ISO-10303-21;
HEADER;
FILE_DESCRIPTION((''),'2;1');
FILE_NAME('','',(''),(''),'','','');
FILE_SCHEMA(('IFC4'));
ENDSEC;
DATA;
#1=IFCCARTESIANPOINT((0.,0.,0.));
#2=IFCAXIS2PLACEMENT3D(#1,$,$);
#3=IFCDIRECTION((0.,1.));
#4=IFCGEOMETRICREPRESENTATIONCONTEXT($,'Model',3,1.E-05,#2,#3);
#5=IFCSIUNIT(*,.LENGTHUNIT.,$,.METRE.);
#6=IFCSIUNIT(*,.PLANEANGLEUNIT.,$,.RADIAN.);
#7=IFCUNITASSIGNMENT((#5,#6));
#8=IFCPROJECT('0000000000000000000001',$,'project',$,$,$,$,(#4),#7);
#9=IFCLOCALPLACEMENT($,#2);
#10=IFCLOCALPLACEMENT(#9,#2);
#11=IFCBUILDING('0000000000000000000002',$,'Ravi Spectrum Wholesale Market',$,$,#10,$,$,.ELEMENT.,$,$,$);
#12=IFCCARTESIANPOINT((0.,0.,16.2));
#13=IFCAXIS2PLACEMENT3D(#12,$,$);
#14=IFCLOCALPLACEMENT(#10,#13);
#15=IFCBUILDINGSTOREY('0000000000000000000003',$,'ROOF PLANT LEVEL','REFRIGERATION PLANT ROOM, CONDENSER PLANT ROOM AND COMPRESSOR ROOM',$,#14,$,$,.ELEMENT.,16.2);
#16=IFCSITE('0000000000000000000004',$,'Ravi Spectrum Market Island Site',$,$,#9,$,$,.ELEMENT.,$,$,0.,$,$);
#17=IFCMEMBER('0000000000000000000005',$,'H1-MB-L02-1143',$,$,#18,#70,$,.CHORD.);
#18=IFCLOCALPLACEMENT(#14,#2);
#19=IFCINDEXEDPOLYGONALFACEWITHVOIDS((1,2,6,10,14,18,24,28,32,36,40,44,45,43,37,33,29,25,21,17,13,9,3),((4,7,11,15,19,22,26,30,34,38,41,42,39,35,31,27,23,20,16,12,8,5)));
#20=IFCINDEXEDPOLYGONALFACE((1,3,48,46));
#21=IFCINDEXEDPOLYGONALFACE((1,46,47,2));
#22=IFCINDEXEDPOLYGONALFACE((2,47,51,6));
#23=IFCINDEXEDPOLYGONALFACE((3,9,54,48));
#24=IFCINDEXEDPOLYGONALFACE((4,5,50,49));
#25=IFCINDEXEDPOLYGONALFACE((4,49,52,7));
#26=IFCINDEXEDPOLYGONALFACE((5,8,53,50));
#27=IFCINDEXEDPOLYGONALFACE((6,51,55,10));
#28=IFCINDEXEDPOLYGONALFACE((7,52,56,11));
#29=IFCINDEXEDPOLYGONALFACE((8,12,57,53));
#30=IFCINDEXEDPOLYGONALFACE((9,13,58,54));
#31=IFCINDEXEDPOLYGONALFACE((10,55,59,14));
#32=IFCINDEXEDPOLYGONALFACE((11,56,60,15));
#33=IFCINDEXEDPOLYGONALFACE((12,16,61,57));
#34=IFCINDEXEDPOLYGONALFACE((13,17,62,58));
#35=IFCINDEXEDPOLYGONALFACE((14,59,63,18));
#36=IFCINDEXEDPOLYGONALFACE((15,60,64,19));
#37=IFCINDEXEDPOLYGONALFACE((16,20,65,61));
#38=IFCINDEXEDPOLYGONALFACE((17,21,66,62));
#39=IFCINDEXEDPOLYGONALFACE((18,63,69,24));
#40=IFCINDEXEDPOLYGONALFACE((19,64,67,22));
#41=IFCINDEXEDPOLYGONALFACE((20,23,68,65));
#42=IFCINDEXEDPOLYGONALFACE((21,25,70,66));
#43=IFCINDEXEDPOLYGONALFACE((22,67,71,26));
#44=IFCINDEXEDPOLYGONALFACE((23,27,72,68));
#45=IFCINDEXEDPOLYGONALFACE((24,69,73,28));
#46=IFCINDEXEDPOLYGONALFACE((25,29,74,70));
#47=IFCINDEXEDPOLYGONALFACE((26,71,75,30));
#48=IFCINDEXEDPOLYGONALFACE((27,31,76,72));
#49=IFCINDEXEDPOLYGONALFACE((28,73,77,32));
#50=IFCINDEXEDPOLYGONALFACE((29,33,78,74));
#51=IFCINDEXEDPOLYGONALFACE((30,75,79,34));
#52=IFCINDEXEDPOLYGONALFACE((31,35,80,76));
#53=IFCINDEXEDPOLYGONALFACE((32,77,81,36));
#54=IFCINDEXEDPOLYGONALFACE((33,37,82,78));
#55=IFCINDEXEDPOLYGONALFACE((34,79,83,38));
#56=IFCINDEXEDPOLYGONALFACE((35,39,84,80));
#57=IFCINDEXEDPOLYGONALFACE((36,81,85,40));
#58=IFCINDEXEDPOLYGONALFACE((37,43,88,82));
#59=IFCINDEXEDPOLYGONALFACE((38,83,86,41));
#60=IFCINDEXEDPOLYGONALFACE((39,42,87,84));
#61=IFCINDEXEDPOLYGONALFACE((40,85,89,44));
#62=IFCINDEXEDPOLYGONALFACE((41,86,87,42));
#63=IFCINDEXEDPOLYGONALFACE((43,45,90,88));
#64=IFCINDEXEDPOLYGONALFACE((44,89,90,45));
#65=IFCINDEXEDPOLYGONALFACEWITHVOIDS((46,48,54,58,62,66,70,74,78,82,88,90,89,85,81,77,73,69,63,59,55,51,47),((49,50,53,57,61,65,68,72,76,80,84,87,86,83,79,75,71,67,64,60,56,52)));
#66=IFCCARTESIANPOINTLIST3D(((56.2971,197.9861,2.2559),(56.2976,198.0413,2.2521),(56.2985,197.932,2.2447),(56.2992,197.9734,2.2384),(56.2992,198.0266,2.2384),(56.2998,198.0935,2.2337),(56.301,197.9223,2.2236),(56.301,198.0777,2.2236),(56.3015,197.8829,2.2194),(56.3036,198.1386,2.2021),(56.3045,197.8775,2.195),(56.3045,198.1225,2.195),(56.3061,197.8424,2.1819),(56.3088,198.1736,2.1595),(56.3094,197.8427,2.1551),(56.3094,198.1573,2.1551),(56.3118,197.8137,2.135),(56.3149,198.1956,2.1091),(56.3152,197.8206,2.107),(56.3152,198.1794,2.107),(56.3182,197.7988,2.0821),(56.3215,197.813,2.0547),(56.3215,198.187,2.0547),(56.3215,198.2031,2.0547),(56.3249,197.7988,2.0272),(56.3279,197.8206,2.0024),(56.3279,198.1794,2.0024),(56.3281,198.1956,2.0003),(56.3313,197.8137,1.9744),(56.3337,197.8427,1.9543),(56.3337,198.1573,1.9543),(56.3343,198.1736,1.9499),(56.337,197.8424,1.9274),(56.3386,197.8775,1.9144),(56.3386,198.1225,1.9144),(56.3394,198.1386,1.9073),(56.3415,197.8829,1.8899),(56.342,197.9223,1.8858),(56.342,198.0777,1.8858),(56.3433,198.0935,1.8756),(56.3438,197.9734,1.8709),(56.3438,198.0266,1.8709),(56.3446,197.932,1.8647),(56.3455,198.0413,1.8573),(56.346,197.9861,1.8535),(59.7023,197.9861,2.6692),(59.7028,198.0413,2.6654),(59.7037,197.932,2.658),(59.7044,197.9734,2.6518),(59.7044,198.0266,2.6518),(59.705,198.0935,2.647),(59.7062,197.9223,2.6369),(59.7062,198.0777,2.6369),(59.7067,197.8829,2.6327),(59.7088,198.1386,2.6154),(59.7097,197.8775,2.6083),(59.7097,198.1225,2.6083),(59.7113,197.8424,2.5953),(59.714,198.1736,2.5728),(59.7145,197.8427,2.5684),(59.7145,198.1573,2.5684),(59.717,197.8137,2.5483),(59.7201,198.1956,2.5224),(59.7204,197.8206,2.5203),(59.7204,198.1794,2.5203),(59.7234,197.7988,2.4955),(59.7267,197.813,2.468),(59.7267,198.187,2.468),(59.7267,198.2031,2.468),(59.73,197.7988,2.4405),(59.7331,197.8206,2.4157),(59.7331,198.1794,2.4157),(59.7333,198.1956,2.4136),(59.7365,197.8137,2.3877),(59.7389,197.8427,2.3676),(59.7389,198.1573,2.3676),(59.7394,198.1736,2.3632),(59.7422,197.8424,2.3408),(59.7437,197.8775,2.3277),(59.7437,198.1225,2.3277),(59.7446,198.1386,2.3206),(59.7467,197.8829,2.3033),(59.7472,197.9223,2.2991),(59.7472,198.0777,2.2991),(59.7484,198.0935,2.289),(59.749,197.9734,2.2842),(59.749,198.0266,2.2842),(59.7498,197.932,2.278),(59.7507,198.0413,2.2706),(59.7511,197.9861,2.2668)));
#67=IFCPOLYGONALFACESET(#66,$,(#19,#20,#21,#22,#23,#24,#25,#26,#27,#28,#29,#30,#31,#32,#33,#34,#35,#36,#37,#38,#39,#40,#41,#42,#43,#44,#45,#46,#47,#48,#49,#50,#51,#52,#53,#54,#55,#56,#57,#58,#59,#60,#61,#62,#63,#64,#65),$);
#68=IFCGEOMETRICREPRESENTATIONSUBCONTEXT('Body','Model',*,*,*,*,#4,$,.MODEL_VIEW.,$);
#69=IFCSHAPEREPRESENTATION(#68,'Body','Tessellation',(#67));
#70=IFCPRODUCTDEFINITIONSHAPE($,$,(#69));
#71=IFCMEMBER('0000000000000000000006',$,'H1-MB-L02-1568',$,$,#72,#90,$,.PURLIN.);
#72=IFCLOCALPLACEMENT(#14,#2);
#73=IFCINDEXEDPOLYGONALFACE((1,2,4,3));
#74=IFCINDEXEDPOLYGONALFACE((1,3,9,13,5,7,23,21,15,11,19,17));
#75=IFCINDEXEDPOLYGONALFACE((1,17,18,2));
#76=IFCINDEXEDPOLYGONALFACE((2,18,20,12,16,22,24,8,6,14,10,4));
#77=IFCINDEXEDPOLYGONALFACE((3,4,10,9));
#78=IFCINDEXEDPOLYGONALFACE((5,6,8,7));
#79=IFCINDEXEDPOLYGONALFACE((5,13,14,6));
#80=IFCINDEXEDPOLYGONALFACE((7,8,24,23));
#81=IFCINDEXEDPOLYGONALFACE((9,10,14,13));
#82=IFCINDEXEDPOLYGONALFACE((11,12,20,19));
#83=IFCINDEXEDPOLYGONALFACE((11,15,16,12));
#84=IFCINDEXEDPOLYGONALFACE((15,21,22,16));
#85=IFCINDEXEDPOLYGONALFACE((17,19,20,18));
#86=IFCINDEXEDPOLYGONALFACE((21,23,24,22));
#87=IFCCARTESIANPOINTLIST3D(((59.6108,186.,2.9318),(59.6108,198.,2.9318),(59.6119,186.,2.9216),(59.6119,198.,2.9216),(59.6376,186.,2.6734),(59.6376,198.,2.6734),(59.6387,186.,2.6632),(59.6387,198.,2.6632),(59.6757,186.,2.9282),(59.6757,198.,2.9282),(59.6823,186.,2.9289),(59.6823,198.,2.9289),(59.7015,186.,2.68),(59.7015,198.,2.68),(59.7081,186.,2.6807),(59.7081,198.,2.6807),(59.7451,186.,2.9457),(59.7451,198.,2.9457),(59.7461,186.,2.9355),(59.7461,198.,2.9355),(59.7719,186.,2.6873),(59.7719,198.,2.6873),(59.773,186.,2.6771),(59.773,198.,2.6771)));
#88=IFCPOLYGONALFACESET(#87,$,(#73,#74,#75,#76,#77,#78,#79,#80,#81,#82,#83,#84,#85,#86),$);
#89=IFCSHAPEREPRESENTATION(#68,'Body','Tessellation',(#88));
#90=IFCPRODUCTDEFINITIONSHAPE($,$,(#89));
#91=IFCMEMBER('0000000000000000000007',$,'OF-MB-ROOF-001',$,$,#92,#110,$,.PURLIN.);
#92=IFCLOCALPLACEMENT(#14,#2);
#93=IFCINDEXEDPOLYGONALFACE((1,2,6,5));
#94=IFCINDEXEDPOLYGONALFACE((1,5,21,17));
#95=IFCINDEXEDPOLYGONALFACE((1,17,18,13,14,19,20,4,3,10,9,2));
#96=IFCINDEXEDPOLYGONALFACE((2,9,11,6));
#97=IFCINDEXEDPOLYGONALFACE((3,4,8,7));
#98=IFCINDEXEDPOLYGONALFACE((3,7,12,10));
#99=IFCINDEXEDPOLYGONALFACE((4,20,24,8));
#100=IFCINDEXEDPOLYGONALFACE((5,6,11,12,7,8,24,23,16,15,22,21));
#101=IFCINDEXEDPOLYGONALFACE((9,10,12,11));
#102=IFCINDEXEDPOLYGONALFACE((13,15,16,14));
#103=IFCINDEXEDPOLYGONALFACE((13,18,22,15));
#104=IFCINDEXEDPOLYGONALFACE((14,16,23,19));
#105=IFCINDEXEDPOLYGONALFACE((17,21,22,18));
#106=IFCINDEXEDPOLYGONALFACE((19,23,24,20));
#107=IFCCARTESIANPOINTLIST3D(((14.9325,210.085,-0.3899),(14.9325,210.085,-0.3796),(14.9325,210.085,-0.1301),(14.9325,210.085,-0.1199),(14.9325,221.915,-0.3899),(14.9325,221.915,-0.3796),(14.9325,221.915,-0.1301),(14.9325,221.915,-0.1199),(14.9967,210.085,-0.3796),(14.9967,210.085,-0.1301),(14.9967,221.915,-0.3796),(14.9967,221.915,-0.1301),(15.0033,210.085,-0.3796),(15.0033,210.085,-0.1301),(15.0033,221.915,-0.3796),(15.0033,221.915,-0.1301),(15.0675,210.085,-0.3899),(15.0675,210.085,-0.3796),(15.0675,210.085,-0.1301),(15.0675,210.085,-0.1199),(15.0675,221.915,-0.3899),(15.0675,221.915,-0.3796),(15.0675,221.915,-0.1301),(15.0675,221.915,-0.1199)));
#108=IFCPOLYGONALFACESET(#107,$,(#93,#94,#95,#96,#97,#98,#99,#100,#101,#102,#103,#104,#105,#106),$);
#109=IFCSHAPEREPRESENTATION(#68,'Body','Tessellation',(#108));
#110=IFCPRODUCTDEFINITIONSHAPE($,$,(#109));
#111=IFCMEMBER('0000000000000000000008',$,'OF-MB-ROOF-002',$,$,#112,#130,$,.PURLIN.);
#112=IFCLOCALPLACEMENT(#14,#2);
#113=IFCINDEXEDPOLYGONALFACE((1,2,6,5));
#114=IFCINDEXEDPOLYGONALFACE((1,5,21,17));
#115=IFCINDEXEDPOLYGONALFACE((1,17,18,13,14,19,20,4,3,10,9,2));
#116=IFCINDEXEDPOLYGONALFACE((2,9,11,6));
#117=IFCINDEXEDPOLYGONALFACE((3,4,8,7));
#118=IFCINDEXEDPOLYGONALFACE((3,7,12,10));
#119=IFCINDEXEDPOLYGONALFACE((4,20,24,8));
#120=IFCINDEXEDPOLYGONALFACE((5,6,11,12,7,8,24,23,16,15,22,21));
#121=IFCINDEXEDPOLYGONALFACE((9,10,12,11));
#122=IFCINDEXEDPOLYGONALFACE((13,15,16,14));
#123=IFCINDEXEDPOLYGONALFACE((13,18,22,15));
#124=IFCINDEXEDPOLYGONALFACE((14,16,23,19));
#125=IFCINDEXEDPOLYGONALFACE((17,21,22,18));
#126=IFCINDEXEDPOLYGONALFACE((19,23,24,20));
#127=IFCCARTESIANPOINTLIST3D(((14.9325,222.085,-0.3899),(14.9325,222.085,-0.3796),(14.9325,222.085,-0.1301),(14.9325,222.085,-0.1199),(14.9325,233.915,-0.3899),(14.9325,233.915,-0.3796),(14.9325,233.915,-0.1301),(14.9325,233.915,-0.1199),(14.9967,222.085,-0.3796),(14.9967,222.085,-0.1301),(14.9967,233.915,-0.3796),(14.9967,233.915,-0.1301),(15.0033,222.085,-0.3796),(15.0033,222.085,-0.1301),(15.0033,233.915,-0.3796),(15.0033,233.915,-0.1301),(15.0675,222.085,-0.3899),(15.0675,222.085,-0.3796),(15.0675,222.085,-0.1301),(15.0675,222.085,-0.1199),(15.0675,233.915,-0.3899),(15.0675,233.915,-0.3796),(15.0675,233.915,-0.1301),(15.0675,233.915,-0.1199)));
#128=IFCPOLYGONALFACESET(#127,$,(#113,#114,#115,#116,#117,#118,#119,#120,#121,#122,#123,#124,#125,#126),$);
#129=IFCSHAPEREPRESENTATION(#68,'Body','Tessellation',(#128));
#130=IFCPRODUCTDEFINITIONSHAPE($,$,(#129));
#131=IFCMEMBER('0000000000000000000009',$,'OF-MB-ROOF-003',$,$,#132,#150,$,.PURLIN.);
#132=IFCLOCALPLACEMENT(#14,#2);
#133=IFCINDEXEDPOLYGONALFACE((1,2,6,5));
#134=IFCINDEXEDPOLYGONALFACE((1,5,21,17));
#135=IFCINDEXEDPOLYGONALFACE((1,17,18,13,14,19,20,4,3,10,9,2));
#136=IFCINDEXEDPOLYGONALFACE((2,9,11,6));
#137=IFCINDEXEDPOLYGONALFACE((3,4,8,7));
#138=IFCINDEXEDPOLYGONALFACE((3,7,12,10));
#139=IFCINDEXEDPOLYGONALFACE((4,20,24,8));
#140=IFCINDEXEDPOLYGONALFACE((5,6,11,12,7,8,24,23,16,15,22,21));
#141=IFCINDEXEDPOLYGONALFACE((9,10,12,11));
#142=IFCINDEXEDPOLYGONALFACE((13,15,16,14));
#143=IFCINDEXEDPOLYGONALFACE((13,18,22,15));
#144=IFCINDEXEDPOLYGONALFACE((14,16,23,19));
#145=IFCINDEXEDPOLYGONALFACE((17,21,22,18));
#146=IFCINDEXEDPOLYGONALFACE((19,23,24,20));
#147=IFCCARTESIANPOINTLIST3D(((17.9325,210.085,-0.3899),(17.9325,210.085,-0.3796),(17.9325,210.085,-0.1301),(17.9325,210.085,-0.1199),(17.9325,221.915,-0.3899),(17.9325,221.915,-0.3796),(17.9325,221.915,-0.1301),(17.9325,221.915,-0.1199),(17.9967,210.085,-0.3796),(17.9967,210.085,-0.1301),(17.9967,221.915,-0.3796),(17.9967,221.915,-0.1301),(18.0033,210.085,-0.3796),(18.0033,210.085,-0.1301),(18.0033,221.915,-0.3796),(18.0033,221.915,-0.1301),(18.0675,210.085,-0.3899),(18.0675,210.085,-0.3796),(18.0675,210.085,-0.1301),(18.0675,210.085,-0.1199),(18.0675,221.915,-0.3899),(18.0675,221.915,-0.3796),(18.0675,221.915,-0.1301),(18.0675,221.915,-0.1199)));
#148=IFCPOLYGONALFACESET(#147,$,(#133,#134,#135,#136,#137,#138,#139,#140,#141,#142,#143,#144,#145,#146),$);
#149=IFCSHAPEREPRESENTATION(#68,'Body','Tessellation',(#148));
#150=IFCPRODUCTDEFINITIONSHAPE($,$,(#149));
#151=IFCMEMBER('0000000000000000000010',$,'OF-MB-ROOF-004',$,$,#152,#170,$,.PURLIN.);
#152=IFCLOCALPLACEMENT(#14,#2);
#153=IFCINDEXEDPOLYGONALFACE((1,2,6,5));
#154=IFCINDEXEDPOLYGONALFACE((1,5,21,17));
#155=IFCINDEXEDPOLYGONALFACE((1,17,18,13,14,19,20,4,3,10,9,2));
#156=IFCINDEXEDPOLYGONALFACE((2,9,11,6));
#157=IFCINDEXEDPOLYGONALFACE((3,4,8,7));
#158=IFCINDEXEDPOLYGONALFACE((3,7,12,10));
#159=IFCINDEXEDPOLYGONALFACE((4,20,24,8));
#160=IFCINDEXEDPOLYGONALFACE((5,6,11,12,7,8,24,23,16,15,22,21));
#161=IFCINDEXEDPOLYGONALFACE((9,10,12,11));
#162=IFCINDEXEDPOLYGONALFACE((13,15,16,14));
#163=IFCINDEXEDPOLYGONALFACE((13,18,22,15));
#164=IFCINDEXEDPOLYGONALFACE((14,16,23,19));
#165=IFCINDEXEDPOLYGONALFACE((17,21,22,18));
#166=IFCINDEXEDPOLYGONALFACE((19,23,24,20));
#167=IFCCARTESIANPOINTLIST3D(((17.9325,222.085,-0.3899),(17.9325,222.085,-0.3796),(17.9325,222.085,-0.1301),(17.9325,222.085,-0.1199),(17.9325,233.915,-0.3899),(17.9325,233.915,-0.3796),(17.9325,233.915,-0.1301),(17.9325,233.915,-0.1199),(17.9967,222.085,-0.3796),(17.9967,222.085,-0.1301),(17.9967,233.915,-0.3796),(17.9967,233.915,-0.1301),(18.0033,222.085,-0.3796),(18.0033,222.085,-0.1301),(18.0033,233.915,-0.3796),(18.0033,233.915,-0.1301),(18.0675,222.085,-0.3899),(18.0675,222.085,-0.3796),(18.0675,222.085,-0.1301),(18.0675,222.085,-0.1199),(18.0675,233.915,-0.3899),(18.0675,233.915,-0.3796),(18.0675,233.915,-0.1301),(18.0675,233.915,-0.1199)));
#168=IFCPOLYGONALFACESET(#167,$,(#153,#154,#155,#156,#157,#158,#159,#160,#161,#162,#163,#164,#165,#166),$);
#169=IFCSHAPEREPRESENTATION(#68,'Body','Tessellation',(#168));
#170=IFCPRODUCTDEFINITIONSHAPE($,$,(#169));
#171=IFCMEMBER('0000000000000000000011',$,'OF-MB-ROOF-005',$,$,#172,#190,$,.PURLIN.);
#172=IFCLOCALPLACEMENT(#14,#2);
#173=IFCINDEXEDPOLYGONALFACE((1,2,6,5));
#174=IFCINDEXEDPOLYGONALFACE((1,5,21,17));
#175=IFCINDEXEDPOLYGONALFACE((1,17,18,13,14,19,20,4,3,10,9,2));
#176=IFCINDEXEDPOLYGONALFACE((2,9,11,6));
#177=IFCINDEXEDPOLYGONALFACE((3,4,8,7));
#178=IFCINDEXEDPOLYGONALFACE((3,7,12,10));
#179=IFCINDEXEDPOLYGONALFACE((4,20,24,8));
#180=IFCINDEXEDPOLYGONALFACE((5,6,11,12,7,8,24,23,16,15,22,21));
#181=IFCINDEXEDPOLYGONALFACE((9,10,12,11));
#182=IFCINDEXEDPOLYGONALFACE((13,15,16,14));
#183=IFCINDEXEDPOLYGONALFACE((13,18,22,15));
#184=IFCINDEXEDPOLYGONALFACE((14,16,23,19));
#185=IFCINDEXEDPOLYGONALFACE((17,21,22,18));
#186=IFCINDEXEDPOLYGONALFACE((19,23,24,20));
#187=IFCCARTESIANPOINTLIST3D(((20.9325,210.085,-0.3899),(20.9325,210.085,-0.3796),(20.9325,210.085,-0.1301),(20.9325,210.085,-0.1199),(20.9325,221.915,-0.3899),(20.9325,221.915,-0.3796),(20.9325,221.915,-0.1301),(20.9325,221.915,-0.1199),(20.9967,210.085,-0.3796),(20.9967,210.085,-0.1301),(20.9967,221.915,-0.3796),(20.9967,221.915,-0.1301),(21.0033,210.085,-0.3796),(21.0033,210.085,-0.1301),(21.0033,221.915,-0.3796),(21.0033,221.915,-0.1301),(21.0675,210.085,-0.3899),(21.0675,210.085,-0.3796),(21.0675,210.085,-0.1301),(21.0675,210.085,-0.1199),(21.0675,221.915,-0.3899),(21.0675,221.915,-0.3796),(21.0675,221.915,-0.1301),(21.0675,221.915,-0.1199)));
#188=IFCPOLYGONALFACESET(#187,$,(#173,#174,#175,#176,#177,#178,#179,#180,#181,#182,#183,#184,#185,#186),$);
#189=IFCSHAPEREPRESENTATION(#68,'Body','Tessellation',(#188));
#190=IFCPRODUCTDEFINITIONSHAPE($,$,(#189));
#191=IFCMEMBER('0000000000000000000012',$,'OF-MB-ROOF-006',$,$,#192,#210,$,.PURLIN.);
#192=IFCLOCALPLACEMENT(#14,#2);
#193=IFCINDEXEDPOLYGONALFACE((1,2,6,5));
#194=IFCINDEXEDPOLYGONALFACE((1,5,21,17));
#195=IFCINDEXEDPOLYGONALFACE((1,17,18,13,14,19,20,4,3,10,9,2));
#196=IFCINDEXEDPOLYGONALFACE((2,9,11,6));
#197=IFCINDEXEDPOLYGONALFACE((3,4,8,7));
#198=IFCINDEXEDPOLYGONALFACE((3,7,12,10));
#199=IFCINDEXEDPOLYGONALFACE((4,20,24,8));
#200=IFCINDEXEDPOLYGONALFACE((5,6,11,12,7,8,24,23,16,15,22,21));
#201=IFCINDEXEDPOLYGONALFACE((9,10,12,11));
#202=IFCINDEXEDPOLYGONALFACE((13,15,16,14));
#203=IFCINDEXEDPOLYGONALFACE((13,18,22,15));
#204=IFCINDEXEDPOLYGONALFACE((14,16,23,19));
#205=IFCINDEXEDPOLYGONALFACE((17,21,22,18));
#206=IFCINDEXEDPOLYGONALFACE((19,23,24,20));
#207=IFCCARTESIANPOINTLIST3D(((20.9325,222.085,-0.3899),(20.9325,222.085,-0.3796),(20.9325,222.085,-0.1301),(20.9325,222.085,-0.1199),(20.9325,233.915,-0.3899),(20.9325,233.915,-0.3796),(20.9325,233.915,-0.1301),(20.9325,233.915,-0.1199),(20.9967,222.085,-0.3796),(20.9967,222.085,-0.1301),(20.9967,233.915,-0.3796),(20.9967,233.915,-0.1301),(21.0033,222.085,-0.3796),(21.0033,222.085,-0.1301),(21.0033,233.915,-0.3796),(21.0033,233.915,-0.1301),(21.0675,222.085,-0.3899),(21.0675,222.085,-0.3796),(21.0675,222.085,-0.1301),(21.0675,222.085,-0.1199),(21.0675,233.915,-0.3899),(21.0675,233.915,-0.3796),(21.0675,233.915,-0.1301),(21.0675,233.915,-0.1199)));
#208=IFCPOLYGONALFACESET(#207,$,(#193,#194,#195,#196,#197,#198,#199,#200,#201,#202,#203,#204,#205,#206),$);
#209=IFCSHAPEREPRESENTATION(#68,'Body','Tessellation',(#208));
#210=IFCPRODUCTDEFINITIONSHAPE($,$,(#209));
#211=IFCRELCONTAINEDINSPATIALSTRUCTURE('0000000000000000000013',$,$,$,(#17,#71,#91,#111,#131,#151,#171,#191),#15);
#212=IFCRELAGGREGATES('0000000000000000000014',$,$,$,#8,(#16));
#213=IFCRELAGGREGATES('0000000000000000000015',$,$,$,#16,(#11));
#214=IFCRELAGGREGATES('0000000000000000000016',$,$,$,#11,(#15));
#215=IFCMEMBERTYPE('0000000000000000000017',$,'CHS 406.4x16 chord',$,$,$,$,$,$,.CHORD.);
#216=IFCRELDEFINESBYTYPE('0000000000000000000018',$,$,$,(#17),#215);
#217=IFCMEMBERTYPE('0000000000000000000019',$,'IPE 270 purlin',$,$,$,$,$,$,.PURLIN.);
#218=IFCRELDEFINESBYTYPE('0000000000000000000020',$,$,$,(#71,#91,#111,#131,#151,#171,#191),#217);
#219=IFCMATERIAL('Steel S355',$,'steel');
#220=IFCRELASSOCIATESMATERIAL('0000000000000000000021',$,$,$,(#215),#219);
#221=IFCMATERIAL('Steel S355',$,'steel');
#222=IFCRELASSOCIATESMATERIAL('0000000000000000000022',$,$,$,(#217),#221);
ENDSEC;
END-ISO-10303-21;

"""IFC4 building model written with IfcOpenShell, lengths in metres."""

from ifc_helpers import new_model, si_unit, direction, frame, origin, origin_2d, place, context, subcontext, project, spatial, hollow_circle, i_section, extrude, material, material_profile, profile_set, type_object, element, save


model = new_model("IFC4")

# Units and contexts
model_context = context("Model", 3, precision=1e-05, world=origin(), true_north=direction((0.0, 1.0)))
body_context = subcontext(model_context, "Body", "Model", "MODEL_VIEW")
ifc_project = project(units=[si_unit("LENGTHUNIT", "METRE"), si_unit("PLANEANGLEUNIT", "RADIAN")], contexts=[model_context])

# Site, building, storey
site_placement = place(None, origin())
site = spatial("IfcSite", under=ifc_project, at=site_placement, Name="Ravi Spectrum Market Island Site", CompositionType="ELEMENT", RefElevation=0.0)
building_placement = place(site_placement, origin())
building = spatial("IfcBuilding", under=site, at=building_placement, Name="Ravi Spectrum Wholesale Market", CompositionType="ELEMENT")
storey_placement = place(building_placement, frame((0.0, 0.0, 16.2)))
storey = spatial("IfcBuildingStorey", under=building, at=storey_placement, Name="ROOF PLANT LEVEL", Description="REFRIGERATION PLANT ROOM, CONDENSER PLANT ROOM AND COMPRESSOR ROOM", CompositionType="ELEMENT", Elevation=16.2)

# Members
ifc_material_1 = material(Name="Steel S355", Category="steel")
ifc_material_profile_1 = material_profile(ifc_material_1, hollow_circle(Radius=0.2031, WallThickness=0.0161, at=origin_2d()))
ifc_profile_set_1 = profile_set([ifc_material_profile_1], Name="Steel S355")
member_type_1 = type_object("IfcMemberType", Name="CHS 406.4x16 chord", PredefinedType="CHORD", material=ifc_profile_set_1)
for number, where, z_axis, x_axis, name in (
    (1, (56.3215, 198.0, 2.0547), (0.992714, 0.0, 0.120495), (0.0, 1.0, 0.0), "H1-MB-L02-1143"),
):
    element("IfcMember", number, at=place(storey_placement, frame(where, z_axis=z_axis, x_axis=x_axis)), inside=storey, type_object=member_type_1, Name=name, PredefinedType="CHORD", context=body_context, shape_type="SweptSolid", body=[
        extrude(hollow_circle(Radius=0.2031, WallThickness=0.0161, at=origin_2d()), origin(), (0.0, 0.0, 1.0), 3.4302),
    ])
ifc_material_2 = material(Name="Steel S355", Category="steel")
ifc_material_profile_2 = material_profile(ifc_material_2, i_section(OverallWidth=0.135, OverallDepth=0.27, WebThickness=0.0066, FlangeThickness=0.0103, at=origin_2d()))
ifc_profile_set_2 = profile_set([ifc_material_profile_2], Name="Steel S355")
member_type_2 = type_object("IfcMemberType", Name="IPE 270 purlin", PredefinedType="PURLIN", material=ifc_profile_set_2)
member_1_placement = place(storey_placement, frame((59.6919, 186.0, 2.8044), z_axis=(0.0, 1.0, 0.0), x_axis=(-0.994649, 0.0, -0.103311)))
element("IfcMember", 2, at=member_1_placement, inside=storey, type_object=member_type_2, Name="H1-MB-L02-1568", PredefinedType="PURLIN", context=body_context, shape_type="SweptSolid", body=[
    extrude(i_section(OverallWidth=0.135, OverallDepth=0.27, WebThickness=0.0066, FlangeThickness=0.0103, at=origin_2d()), origin(), (0.0, 0.0, 1.0), 12.0),
])
for number, where, z_axis, x_axis, name in (
    (3, (15.0, 210.085, -0.2549), (0.0, 1.0, 0.0), (-1.0, 0.0, 0.0), "OF-MB-ROOF-001"),
    (4, (15.0, 222.085, -0.2549), (0.0, 1.0, 0.0), (-1.0, 0.0, 0.0), "OF-MB-ROOF-002"),
    (5, (18.0, 210.085, -0.2549), (0.0, 1.0, 0.0), (-1.0, 0.0, 0.0), "OF-MB-ROOF-003"),
    (6, (18.0, 222.085, -0.2549), (0.0, 1.0, 0.0), (-1.0, 0.0, 0.0), "OF-MB-ROOF-004"),
    (7, (21.0, 210.085, -0.2549), (0.0, 1.0, 0.0), (-1.0, 0.0, 0.0), "OF-MB-ROOF-005"),
    (8, (21.0, 222.085, -0.2549), (0.0, 1.0, 0.0), (-1.0, 0.0, 0.0), "OF-MB-ROOF-006"),
):
    element("IfcMember", number, at=place(storey_placement, frame(where, z_axis=z_axis, x_axis=x_axis)), inside=storey, type_object=member_type_2, Name=name, PredefinedType="PURLIN", context=body_context, shape_type="SweptSolid", body=[
        extrude(i_section(OverallWidth=0.135, OverallDepth=0.27, WebThickness=0.0066, FlangeThickness=0.0103, at=origin_2d()), origin(), (0.0, 0.0, 1.0), 11.8301),
    ])

save(model, "model.ifc")
